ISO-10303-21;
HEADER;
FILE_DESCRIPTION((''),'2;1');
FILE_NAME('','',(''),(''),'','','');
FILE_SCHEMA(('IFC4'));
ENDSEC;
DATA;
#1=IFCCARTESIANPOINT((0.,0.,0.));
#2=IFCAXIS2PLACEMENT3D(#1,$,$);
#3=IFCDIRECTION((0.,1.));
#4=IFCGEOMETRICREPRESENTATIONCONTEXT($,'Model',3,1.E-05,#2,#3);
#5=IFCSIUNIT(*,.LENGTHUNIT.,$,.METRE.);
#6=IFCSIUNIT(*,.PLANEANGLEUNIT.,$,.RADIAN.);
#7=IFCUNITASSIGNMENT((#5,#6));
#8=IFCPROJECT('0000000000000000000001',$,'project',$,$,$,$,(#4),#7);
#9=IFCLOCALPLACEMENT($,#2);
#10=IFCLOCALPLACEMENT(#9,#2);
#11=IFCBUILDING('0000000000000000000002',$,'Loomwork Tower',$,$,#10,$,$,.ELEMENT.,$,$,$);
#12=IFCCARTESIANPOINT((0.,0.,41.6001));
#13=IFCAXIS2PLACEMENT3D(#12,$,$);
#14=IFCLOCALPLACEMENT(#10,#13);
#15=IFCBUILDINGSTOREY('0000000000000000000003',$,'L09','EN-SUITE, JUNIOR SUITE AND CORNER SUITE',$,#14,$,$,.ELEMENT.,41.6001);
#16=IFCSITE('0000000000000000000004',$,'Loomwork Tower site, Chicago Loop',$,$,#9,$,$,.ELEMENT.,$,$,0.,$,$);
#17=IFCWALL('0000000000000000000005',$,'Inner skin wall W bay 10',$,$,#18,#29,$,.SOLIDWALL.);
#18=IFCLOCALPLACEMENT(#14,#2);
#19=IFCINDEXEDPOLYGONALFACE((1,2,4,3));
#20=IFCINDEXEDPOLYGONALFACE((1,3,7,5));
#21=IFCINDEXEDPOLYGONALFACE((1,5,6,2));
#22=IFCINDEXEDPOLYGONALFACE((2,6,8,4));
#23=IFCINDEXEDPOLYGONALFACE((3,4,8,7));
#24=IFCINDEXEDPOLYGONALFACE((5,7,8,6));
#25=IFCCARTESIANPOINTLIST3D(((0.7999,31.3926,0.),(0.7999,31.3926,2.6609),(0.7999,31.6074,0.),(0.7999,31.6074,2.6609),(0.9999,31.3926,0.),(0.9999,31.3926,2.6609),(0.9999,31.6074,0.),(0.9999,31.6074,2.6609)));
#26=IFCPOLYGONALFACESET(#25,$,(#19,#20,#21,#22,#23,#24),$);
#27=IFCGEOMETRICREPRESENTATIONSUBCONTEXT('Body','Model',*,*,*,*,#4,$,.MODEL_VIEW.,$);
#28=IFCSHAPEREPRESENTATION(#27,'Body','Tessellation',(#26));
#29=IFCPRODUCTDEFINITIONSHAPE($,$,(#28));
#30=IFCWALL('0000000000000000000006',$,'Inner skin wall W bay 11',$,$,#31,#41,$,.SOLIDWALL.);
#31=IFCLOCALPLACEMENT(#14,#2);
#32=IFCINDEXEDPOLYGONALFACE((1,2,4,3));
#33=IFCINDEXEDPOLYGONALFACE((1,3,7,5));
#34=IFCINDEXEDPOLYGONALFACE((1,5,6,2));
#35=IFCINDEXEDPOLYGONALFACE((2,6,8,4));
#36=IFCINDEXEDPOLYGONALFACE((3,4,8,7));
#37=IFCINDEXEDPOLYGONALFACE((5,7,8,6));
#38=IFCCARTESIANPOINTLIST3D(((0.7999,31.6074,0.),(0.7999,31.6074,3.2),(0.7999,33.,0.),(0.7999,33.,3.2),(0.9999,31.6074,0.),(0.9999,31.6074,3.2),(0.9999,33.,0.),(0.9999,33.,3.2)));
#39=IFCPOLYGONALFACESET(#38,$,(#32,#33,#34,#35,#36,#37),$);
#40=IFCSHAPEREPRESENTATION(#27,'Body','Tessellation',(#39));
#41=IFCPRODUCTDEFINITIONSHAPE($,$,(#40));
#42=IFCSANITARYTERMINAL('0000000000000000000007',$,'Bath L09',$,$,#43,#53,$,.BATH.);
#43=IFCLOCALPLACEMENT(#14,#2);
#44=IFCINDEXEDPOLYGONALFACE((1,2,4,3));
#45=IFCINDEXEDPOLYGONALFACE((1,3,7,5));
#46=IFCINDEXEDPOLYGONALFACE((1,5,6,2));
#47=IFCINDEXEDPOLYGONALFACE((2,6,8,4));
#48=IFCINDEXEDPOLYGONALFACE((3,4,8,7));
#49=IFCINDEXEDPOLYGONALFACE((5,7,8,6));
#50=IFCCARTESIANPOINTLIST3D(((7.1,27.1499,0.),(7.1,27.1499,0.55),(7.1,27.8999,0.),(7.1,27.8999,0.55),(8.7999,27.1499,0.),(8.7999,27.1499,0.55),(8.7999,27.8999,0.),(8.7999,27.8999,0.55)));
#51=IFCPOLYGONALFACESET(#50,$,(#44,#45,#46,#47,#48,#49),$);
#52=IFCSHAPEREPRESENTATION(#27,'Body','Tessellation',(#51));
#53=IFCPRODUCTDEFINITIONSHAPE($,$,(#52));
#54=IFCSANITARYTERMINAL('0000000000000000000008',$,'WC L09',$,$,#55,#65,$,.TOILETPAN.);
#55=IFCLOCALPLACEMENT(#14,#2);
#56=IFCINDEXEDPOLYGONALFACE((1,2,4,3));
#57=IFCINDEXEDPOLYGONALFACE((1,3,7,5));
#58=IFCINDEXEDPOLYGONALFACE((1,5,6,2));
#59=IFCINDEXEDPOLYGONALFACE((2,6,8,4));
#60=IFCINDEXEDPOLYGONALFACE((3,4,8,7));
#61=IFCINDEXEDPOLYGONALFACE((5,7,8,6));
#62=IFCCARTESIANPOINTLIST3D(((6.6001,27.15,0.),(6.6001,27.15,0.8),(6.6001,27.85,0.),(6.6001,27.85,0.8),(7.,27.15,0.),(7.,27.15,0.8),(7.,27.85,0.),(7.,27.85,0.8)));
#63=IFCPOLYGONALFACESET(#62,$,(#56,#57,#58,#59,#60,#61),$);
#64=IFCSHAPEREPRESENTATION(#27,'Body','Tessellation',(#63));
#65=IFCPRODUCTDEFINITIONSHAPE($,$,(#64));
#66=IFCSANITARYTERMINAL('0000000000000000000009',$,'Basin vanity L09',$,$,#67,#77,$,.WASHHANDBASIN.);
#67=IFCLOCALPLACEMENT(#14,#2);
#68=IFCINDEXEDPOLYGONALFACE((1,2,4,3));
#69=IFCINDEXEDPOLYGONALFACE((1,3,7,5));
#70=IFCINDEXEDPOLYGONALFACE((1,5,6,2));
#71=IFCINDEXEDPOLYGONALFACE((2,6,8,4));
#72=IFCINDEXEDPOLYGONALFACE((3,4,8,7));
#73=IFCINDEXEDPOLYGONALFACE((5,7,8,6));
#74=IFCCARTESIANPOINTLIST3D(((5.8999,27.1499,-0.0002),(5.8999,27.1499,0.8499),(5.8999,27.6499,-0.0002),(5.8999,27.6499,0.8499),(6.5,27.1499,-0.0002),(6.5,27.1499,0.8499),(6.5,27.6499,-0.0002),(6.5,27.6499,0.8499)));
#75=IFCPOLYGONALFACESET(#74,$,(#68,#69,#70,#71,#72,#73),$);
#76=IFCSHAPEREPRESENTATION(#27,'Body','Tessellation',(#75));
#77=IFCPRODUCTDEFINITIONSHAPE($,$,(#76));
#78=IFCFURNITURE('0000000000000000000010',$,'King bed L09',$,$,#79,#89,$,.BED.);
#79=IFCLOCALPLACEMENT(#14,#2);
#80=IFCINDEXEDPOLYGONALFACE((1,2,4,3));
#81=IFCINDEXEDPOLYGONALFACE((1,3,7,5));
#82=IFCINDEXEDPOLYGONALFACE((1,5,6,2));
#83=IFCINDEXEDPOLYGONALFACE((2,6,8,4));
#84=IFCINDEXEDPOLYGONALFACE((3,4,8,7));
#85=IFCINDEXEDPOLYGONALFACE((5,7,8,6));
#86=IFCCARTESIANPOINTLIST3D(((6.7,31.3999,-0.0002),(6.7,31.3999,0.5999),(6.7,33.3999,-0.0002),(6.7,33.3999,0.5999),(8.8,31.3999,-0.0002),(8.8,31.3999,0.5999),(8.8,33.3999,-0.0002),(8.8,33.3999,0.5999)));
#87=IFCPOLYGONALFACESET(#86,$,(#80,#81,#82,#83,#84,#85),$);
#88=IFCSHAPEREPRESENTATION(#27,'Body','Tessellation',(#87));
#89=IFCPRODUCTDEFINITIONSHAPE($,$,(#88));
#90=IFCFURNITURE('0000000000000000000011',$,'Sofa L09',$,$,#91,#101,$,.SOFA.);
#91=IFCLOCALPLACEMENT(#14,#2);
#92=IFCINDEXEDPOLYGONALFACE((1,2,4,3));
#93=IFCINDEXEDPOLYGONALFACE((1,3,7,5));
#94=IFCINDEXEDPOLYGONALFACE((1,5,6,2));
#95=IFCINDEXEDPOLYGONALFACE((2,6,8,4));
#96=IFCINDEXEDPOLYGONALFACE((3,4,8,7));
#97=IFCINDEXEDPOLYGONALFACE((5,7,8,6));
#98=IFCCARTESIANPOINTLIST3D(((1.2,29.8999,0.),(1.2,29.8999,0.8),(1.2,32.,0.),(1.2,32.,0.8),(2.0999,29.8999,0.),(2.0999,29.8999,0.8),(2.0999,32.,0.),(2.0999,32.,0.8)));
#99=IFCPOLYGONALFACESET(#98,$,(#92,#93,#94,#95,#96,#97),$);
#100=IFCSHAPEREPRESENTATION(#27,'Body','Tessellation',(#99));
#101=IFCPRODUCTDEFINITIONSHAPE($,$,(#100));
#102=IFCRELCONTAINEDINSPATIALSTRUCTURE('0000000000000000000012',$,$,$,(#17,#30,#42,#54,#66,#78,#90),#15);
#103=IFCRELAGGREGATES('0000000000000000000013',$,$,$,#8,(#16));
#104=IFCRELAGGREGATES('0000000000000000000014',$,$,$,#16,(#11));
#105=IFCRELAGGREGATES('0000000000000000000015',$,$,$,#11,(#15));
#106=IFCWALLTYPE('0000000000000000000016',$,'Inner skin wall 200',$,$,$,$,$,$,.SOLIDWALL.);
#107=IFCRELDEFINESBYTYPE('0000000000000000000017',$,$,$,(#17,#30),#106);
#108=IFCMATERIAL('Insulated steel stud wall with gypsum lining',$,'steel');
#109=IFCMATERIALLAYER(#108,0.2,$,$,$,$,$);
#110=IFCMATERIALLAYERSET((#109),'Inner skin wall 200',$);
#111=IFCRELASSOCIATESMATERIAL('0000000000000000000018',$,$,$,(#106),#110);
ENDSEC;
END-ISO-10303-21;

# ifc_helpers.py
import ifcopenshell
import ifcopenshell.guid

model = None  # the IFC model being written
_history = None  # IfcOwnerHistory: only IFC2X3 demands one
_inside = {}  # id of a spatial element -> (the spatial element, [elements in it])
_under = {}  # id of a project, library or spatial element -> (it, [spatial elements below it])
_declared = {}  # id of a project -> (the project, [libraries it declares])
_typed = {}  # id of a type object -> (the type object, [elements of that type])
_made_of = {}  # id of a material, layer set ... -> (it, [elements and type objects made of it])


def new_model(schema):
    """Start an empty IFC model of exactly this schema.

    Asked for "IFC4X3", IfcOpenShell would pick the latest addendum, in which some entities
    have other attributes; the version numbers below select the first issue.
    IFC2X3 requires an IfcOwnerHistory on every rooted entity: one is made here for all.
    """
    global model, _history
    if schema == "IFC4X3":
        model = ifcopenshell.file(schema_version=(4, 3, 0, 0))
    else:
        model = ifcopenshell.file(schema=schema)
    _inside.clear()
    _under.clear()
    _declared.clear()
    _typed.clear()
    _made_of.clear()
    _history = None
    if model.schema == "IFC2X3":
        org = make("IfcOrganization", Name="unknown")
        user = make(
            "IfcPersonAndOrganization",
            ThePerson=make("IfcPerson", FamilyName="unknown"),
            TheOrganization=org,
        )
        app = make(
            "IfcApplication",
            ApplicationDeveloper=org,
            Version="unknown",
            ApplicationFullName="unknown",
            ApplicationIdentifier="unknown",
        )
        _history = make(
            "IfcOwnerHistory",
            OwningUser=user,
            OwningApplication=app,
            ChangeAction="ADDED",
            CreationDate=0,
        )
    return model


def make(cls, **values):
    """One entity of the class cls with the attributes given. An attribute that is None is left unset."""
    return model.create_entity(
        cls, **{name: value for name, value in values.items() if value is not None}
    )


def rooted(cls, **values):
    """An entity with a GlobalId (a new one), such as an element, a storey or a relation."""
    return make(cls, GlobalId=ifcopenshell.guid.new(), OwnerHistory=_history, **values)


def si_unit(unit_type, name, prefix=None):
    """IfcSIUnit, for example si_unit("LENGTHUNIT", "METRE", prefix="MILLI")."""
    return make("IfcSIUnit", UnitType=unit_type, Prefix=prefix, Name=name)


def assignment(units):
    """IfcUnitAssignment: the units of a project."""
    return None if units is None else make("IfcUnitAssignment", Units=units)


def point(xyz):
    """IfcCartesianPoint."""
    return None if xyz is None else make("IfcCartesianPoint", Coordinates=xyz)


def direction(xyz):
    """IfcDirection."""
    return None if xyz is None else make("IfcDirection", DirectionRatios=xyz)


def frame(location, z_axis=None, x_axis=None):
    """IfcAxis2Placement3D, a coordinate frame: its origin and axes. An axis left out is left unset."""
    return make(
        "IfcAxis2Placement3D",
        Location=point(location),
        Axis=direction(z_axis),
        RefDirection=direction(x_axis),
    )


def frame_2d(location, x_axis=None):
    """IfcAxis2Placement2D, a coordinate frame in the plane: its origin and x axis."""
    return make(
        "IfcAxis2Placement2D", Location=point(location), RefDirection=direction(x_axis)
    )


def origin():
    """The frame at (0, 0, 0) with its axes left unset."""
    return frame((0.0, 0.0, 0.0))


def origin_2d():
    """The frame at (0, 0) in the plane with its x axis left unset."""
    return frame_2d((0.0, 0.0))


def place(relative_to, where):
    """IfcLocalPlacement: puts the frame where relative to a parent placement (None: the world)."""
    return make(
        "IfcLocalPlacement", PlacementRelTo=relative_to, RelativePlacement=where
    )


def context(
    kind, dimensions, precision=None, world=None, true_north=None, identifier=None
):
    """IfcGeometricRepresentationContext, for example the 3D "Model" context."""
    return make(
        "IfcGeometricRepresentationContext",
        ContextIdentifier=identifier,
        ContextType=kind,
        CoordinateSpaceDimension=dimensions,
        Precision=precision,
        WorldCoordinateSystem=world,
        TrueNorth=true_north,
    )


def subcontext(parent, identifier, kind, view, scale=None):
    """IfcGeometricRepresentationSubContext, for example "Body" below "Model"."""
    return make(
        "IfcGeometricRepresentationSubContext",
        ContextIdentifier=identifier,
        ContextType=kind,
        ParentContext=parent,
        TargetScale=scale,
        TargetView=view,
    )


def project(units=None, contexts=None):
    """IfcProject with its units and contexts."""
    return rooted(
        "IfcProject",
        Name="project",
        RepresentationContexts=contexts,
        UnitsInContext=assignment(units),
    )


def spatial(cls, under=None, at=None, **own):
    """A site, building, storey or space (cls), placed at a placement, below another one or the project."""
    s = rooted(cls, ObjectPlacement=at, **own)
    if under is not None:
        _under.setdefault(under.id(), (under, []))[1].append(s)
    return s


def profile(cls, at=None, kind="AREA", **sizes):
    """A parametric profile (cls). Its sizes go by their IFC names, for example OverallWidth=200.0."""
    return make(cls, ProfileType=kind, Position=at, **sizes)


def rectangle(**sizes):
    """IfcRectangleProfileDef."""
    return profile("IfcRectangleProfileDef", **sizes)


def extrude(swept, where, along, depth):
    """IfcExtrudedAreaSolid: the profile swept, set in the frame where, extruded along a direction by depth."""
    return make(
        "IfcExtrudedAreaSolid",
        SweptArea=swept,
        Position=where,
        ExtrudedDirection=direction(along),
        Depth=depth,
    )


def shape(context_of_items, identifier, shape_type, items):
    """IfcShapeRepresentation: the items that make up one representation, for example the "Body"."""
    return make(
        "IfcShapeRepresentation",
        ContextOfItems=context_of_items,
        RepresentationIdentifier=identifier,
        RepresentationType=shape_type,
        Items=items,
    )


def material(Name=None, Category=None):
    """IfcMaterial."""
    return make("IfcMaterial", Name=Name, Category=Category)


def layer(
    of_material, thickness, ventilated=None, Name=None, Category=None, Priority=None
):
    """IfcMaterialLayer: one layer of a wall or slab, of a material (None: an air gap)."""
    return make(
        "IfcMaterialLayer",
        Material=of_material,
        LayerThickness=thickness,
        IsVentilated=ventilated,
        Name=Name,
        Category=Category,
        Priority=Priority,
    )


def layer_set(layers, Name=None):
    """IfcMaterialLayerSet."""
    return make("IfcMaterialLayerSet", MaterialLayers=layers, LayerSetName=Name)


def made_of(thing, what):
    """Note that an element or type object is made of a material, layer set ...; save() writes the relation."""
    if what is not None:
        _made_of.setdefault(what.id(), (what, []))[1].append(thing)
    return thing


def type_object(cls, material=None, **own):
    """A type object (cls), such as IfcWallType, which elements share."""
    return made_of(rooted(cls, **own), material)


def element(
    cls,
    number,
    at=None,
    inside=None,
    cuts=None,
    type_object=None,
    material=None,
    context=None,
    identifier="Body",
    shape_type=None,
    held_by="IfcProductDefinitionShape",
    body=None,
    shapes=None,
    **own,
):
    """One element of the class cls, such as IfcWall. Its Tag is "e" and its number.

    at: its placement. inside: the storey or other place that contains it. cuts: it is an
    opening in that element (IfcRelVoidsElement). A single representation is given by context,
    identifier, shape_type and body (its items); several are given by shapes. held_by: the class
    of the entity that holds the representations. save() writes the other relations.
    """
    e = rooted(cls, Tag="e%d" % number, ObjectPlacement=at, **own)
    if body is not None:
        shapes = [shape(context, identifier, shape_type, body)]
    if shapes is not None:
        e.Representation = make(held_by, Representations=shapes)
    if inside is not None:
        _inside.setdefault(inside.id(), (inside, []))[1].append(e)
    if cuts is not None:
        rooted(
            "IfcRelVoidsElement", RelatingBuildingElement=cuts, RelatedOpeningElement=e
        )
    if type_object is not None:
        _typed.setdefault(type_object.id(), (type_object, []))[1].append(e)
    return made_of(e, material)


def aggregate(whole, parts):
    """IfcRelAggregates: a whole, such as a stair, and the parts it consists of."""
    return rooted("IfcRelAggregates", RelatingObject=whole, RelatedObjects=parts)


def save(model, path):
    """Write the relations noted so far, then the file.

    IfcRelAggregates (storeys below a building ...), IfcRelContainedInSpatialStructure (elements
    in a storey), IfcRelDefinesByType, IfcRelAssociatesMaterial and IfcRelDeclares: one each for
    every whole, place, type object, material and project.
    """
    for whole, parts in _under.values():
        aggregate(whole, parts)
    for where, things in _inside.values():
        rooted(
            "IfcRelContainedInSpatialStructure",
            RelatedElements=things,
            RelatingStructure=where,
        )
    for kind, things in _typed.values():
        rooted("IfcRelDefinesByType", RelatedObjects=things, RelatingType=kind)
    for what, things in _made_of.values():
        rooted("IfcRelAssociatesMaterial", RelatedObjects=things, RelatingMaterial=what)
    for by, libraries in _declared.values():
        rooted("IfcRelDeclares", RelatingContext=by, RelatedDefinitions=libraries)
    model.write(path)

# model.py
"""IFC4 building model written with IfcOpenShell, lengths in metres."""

from ifc_helpers import new_model, si_unit, direction, frame, frame_2d, origin, origin_2d, place, context, subcontext, project, spatial, rectangle, extrude, material, layer, layer_set, type_object, element, save


model = new_model("IFC4")

# Units and contexts
model_context = context("Model", 3, precision=1e-05, world=origin(), true_north=direction((0.0, 1.0)))
body_context = subcontext(model_context, "Body", "Model", "MODEL_VIEW")
ifc_project = project(units=[si_unit("LENGTHUNIT", "METRE"), si_unit("PLANEANGLEUNIT", "RADIAN")], contexts=[model_context])

# Site, building, storey
site_placement = place(None, origin())
site = spatial("IfcSite", under=ifc_project, at=site_placement, Name="Loomwork Tower site, Chicago Loop", CompositionType="ELEMENT", RefElevation=0.0)
building_placement = place(site_placement, origin())
building = spatial("IfcBuilding", under=site, at=building_placement, Name="Loomwork Tower", CompositionType="ELEMENT")
storey_placement = place(building_placement, frame((0.0, 0.0, 41.6001)))
storey = spatial("IfcBuildingStorey", under=building, at=storey_placement, Name="L09", Description="EN-SUITE, JUNIOR SUITE AND CORNER SUITE", CompositionType="ELEMENT", Elevation=41.6001)

# Walls
ifc_material_1 = material(Name="Insulated steel stud wall with gypsum lining", Category="steel")
ifc_layer_1 = layer(ifc_material_1, 0.2)
ifc_layer_set_1 = layer_set([ifc_layer_1], Name="Inner skin wall 200")
wall_type_1 = type_object("IfcWallType", Name="Inner skin wall 200", PredefinedType="SOLIDWALL", material=ifc_layer_set_1)
wall_1_placement = place(storey_placement, frame((0.8999, 31.3926, 0.0), z_axis=(0.0, 0.0, 1.0), x_axis=(0.0, 1.0, 0.0)))
element("IfcWall", 1, at=wall_1_placement, inside=storey, type_object=wall_type_1, Name="Inner skin wall W bay 10", PredefinedType="SOLIDWALL", context=body_context, shape_type="SweptSolid", body=[
    extrude(rectangle(XDim=0.2148, YDim=0.2, at=frame_2d((0.1074, 0.0))), origin(), (0.0, 0.0, 1.0), 2.6609),
])
wall_2_placement = place(storey_placement, frame((0.8999, 31.6074, 0.0), z_axis=(0.0, 0.0, 1.0), x_axis=(0.0, 1.0, 0.0)))
element("IfcWall", 2, at=wall_2_placement, inside=storey, type_object=wall_type_1, Name="Inner skin wall W bay 11", PredefinedType="SOLIDWALL", context=body_context, shape_type="SweptSolid", body=[
    extrude(rectangle(XDim=1.3926, YDim=0.2, at=frame_2d((0.6963, 0.0))), origin(), (0.0, 0.0, 1.0), 3.2),
])

# Sanitary terminals
sanitary_terminal_1_placement = place(storey_placement, frame((7.95, 27.5249, 0.0), z_axis=(0.0, 0.0, 1.0), x_axis=(1.0, 0.0, 0.0)))
element("IfcSanitaryTerminal", 3, at=sanitary_terminal_1_placement, inside=storey, Name="Bath L09", PredefinedType="BATH", context=body_context, shape_type="SweptSolid", body=[
    extrude(rectangle(XDim=1.7, YDim=0.75, at=origin_2d()), origin(), (0.0, 0.0, 1.0), 0.55),
])
sanitary_terminal_2_placement = place(storey_placement, frame((6.8, 27.5, 0.0), z_axis=(0.0, 0.0, 1.0), x_axis=(1.0, 0.0, 0.0)))
element("IfcSanitaryTerminal", 4, at=sanitary_terminal_2_placement, inside=storey, Name="WC L09", PredefinedType="TOILETPAN", context=body_context, shape_type="SweptSolid", body=[
    extrude(rectangle(XDim=0.3999, YDim=0.7, at=origin_2d()), origin(), (0.0, 0.0, 1.0), 0.8),
])
sanitary_terminal_3_placement = place(storey_placement, frame((6.2, 27.3999, -0.0002), z_axis=(0.0, 0.0, 1.0), x_axis=(1.0, 0.0, 0.0)))
element("IfcSanitaryTerminal", 5, at=sanitary_terminal_3_placement, inside=storey, Name="Basin vanity L09", PredefinedType="WASHHANDBASIN", context=body_context, shape_type="SweptSolid", body=[
    extrude(rectangle(XDim=0.6001, YDim=0.5, at=origin_2d()), origin(), (0.0, 0.0, 1.0), 0.8501),
])

# Furniture
furniture_1_placement = place(storey_placement, frame((7.75, 32.3999, -0.0002), z_axis=(0.0, 0.0, 1.0), x_axis=(1.0, 0.0, 0.0)))
element("IfcFurniture", 6, at=furniture_1_placement, inside=storey, Name="King bed L09", PredefinedType="BED", context=body_context, shape_type="SweptSolid", body=[
    extrude(rectangle(XDim=2.1001, YDim=2.0, at=origin_2d()), origin(), (0.0, 0.0, 1.0), 0.6001),
])
furniture_2_placement = place(storey_placement, frame((1.6499, 30.95, 0.0), z_axis=(0.0, 0.0, 1.0), x_axis=(1.0, 0.0, 0.0)))
element("IfcFurniture", 7, at=furniture_2_placement, inside=storey, Name="Sofa L09", PredefinedType="SOFA", context=body_context, shape_type="SweptSolid", body=[
    extrude(rectangle(XDim=0.8999, YDim=2.1001, at=origin_2d()), origin(), (0.0, 0.0, 1.0), 0.8),
])

save(model, "model.ifc")
